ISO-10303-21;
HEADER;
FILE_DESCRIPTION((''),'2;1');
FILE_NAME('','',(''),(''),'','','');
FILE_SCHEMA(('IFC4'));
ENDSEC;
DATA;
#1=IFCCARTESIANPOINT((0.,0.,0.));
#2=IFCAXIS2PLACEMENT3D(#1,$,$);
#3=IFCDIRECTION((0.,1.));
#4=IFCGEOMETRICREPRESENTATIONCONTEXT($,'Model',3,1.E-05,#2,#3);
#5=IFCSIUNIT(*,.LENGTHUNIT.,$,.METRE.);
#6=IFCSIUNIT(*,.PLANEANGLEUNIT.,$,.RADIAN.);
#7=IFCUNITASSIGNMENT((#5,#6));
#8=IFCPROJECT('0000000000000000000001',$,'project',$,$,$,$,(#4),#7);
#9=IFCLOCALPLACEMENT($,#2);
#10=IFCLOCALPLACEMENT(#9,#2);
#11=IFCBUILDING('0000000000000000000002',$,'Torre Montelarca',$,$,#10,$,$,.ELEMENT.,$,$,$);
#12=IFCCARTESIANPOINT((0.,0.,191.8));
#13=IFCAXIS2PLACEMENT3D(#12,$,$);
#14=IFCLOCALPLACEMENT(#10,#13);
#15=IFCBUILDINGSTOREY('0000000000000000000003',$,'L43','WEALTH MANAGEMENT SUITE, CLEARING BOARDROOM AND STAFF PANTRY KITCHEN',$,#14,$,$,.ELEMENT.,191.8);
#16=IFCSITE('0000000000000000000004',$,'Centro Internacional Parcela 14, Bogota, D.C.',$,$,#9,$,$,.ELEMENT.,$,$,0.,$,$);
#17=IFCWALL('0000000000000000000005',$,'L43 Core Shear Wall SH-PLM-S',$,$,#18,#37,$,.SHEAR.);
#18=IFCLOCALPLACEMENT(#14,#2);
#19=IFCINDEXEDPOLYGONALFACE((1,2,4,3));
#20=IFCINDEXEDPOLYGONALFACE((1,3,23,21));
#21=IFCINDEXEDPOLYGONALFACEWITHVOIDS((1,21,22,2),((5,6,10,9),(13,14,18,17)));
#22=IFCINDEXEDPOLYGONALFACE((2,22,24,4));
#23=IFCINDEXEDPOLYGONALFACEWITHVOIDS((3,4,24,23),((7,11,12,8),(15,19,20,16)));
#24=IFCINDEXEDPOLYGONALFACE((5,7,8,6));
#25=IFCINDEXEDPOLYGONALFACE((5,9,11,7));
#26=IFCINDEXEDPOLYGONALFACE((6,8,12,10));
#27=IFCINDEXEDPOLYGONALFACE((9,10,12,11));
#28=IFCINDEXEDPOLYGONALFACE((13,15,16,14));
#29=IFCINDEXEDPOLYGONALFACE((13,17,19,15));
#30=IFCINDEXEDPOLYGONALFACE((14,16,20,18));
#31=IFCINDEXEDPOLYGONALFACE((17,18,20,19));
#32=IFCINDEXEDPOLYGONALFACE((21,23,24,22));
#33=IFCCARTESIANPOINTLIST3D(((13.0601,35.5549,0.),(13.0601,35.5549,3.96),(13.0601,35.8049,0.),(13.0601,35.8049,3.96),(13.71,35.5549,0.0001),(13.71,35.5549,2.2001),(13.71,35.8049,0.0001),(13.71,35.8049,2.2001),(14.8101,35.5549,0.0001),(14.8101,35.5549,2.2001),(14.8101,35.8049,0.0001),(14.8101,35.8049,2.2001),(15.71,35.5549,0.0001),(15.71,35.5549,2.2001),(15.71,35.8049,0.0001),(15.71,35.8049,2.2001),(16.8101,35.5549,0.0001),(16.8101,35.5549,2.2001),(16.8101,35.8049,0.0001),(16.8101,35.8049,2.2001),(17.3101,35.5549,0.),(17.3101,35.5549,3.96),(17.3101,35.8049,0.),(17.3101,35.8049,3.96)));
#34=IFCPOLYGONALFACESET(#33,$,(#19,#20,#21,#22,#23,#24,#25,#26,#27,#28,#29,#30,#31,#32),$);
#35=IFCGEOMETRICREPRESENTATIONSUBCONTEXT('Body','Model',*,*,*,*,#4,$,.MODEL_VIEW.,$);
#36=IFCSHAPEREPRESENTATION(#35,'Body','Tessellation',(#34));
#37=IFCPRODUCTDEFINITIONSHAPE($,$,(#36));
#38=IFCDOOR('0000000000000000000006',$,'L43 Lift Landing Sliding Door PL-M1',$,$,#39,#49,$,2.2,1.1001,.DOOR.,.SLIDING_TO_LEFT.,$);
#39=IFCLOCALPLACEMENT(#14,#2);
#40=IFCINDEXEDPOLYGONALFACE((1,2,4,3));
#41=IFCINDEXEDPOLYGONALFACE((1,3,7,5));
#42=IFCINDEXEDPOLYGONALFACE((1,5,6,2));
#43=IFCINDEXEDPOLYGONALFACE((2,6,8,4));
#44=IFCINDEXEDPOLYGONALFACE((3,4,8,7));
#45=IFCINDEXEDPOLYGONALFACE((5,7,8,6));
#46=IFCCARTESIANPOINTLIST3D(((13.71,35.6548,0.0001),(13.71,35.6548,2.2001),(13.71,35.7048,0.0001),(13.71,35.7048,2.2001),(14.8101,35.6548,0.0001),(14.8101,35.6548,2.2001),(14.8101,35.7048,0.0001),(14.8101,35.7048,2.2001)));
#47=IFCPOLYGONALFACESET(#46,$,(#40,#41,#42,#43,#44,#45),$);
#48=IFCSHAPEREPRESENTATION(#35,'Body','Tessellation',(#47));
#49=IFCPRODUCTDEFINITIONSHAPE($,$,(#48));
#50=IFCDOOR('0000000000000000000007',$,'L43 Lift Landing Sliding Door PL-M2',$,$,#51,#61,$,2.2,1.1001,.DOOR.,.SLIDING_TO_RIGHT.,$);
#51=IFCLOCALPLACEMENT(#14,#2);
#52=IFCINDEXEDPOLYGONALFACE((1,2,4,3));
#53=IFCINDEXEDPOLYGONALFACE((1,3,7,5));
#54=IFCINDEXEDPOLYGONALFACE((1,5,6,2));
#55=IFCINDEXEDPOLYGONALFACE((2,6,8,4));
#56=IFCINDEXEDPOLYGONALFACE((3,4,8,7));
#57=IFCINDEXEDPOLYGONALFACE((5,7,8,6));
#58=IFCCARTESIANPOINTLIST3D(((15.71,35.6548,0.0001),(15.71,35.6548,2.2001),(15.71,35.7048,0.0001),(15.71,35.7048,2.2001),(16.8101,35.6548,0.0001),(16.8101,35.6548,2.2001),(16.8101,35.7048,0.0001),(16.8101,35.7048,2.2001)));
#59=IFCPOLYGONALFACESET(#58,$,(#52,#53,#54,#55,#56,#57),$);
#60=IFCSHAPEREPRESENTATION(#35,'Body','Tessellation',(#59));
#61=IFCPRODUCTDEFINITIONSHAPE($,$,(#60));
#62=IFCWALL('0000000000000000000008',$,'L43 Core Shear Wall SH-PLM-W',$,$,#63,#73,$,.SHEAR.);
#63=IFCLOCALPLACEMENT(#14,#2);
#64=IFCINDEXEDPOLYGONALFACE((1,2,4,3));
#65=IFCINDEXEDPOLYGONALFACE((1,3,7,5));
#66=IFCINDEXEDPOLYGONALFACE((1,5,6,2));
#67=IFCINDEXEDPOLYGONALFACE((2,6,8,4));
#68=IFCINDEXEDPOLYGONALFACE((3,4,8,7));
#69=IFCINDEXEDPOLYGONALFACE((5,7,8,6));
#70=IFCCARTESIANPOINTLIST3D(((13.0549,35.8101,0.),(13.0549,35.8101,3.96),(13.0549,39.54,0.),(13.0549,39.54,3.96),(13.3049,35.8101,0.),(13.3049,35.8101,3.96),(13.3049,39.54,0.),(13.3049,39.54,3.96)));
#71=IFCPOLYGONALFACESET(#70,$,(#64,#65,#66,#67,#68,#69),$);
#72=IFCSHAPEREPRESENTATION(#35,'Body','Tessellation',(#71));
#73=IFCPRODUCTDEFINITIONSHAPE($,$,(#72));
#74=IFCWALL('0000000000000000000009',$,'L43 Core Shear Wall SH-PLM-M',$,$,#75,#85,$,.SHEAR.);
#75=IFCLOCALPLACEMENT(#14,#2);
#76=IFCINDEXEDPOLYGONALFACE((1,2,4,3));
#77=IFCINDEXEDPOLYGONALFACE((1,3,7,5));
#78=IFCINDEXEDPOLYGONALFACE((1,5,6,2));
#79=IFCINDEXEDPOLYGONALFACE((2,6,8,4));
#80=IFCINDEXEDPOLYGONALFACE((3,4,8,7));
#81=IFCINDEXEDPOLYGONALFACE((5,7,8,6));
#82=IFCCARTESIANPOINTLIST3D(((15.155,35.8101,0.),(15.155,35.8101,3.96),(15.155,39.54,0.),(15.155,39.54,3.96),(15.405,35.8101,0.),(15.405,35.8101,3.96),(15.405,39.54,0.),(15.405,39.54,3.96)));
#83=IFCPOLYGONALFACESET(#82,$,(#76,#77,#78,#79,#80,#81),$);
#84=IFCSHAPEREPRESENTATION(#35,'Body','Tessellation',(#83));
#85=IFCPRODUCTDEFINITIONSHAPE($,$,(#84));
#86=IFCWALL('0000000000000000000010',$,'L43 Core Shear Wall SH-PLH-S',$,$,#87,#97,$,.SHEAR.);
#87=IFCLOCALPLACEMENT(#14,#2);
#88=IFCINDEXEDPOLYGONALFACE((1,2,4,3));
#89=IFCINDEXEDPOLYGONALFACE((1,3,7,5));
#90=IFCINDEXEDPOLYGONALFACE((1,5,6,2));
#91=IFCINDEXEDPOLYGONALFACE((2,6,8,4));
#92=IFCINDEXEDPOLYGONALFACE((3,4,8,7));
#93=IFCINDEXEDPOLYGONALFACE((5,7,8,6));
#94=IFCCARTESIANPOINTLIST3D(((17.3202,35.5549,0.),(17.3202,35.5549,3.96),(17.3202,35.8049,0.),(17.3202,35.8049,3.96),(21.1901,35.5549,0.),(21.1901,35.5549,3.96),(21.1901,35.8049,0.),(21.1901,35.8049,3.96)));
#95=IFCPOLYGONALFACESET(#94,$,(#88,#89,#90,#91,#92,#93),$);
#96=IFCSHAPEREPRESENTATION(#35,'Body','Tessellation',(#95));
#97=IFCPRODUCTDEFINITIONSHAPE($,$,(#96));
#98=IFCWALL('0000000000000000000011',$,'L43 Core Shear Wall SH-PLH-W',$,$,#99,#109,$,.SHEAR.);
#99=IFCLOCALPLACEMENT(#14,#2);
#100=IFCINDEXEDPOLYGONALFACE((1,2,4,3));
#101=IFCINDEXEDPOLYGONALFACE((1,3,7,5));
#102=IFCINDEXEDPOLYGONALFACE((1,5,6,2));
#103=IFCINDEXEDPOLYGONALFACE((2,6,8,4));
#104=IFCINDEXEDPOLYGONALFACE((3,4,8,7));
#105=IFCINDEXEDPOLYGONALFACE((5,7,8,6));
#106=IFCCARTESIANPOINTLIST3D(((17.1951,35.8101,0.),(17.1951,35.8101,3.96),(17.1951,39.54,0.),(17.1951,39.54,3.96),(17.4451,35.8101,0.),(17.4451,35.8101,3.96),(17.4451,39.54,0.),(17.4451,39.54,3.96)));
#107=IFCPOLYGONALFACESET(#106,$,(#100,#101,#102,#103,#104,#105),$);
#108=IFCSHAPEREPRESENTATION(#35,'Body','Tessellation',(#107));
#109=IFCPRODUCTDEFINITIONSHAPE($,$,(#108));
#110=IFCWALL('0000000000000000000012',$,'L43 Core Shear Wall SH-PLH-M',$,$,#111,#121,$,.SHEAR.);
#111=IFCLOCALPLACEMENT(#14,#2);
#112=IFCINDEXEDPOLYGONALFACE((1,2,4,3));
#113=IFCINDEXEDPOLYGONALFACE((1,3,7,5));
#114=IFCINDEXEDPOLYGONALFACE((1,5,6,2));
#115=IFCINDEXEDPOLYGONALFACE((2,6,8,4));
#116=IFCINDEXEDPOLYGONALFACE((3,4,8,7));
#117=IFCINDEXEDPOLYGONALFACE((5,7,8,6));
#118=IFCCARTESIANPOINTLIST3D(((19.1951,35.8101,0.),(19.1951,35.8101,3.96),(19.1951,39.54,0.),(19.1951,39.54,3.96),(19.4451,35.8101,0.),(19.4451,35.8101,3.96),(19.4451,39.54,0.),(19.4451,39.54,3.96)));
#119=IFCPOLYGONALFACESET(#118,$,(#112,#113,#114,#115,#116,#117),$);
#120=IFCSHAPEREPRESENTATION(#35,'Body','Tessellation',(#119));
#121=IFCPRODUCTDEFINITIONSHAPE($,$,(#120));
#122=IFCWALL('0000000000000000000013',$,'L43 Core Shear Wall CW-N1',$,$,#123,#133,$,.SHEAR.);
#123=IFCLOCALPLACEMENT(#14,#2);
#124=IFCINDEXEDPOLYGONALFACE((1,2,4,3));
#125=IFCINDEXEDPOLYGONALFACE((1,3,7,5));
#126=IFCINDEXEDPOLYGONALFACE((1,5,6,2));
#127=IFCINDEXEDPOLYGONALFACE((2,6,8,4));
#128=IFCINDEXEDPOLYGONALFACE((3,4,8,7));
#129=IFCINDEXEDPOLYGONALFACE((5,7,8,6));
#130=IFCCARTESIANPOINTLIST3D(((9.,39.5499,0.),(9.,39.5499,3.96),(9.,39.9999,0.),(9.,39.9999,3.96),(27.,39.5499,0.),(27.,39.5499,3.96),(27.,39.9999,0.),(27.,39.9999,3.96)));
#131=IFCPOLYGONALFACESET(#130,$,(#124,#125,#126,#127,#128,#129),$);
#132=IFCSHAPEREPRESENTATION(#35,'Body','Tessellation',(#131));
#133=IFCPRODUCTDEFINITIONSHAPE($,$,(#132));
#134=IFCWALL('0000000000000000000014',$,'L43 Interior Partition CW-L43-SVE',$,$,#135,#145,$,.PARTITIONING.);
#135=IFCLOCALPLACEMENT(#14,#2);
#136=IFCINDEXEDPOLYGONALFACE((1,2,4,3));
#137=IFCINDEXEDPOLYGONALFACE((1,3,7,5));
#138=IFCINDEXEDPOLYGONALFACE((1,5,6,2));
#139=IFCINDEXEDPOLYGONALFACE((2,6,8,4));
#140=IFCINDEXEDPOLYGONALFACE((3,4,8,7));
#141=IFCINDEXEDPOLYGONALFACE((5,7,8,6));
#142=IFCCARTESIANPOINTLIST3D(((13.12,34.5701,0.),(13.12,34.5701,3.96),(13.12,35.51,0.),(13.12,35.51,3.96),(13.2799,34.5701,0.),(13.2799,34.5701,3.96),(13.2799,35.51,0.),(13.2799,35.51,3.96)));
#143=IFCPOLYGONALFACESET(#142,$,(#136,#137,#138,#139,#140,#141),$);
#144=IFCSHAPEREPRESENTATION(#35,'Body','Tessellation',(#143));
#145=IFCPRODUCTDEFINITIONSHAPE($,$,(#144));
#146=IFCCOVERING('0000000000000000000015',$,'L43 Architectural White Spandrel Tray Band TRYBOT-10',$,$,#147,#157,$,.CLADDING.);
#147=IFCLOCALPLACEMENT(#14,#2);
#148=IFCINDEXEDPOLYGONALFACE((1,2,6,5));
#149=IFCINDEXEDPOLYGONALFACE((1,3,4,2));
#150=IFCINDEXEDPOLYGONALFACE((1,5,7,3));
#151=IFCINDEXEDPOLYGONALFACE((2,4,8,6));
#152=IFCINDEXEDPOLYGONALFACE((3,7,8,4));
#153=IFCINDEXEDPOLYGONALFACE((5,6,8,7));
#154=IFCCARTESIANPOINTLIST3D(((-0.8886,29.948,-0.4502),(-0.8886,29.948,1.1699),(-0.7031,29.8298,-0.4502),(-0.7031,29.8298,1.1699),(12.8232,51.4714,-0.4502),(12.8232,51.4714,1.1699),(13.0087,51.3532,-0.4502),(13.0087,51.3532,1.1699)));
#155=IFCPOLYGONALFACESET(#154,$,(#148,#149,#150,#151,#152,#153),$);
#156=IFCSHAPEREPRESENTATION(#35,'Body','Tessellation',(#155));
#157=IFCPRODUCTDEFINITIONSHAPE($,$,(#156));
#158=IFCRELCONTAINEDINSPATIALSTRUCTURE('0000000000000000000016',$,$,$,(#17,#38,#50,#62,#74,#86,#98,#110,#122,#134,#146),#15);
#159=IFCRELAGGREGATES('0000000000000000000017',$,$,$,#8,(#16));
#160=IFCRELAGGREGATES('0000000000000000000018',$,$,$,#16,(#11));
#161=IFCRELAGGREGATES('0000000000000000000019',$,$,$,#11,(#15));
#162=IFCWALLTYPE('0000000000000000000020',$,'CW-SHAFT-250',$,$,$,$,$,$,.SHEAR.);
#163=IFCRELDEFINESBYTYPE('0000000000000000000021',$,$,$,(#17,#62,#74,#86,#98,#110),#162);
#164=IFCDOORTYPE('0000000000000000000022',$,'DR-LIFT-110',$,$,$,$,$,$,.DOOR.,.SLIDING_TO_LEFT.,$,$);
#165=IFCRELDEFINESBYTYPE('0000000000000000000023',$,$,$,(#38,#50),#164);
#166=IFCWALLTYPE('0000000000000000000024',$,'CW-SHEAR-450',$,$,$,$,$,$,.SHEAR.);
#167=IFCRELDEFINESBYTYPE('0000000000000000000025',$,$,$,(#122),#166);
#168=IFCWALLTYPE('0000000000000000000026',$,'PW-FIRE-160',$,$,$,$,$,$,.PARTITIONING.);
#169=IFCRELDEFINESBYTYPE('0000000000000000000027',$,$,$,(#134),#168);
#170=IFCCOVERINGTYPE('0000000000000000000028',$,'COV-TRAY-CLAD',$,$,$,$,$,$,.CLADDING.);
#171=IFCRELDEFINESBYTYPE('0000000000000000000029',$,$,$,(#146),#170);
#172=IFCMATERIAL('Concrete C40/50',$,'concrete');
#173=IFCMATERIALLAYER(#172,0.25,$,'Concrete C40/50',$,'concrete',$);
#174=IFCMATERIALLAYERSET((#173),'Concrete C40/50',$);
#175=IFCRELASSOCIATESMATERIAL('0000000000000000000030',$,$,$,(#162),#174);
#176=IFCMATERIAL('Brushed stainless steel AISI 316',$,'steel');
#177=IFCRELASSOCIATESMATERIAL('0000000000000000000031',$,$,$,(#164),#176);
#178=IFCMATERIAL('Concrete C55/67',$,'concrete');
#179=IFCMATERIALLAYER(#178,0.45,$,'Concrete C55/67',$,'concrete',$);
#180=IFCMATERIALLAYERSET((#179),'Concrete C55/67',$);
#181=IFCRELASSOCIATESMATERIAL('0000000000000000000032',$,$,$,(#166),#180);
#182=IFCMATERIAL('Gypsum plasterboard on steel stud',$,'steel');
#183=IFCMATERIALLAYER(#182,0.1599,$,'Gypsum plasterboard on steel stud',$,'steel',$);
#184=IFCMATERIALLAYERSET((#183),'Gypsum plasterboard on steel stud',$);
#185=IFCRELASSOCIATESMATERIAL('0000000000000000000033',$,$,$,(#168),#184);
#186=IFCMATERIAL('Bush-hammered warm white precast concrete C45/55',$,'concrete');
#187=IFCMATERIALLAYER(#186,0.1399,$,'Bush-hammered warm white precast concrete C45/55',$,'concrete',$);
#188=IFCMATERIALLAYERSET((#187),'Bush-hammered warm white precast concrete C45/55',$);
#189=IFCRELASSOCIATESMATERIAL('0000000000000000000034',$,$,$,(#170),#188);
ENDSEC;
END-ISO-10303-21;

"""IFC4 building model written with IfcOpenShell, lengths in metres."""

from ifc_helpers import new_model, si_unit, direction, frame, frame_2d, origin, origin_2d, place, context, subcontext, project, spatial, rectangle, extrude, source, transform, mapped, material, layer, layer_set, type_object, element, fill, save


model = new_model("IFC4")

# Units and contexts
model_context = context("Model", 3, precision=1e-05, world=origin(), true_north=direction((0.0, 1.0)))
body_context = subcontext(model_context, "Body", "Model", "MODEL_VIEW")
ifc_project = project(units=[si_unit("LENGTHUNIT", "METRE"), si_unit("PLANEANGLEUNIT", "RADIAN")], contexts=[model_context])

# Site, building, storey
site_placement = place(None, origin())
site = spatial("IfcSite", under=ifc_project, at=site_placement, Name="Centro Internacional Parcela 14, Bogota, D.C.", CompositionType="ELEMENT", RefElevation=0.0)
building_placement = place(site_placement, origin())
building = spatial("IfcBuilding", under=site, at=building_placement, Name="Torre Montelarca", CompositionType="ELEMENT")
storey_placement = place(building_placement, frame((0.0, 0.0, 191.8)))
storey = spatial("IfcBuildingStorey", under=building, at=storey_placement, Name="L43", Description="WEALTH MANAGEMENT SUITE, CLEARING BOARDROOM AND STAFF PANTRY KITCHEN", CompositionType="ELEMENT", Elevation=191.8)

# Shared definitions
ifc_material_1 = material(Name="Concrete C55/67", Category="concrete")

# Shared definitions
ifc_material_2 = material(Name="Concrete C40/50", Category="concrete")
ifc_layer_1 = layer(ifc_material_2, 0.25, Name="Concrete C40/50", Category="concrete")
ifc_layer_set_1 = layer_set([ifc_layer_1], Name="Concrete C40/50")
wall_type_1 = type_object("IfcWallType", Name="CW-SHAFT-250", PredefinedType="SHEAR", material=ifc_layer_set_1)

# Shared definitions
ifc_material_3 = material(Name="Brushed stainless steel AISI 316", Category="steel")

# Wall, openings, doors
wall_1_placement = place(storey_placement, frame((13.0601, 35.6799, 0.0), z_axis=(0.0, 0.0, 1.0), x_axis=(1.0, 0.0, 0.0)))
wall_1 = element("IfcWall", 1, at=wall_1_placement, inside=storey, type_object=wall_type_1, Name="L43 Core Shear Wall SH-PLM-S", PredefinedType="SHEAR", context=body_context, shape_type="SweptSolid", body=[
    extrude(rectangle(XDim=4.25, YDim=0.25, at=frame_2d((2.125, 0.0))), origin(), (0.0, 0.0, 1.0), 3.96),
])
opening_1_placement = place(wall_1_placement, frame((0.6499, 0.0, 0.0)))
opening_1 = element("IfcOpeningElement", 2, at=opening_1_placement, cuts=wall_1, PredefinedType="OPENING", context=body_context, shape_type="SweptSolid", body=[
    extrude(rectangle(XDim=1.1001, YDim=2.2, at=frame_2d((0.55, 1.1001))), frame((0.0, 0.135, 0.0), z_axis=(0.0, -1.0, 0.0), x_axis=(1.0, 0.0, 0.0)), (0.0, 0.0, 1.0), 0.27),
])
opening_2_placement = place(wall_1_placement, frame((2.6499, 0.0, 0.0)))
opening_2 = element("IfcOpeningElement", 3, at=opening_2_placement, cuts=wall_1, PredefinedType="OPENING", context=body_context, shape_type="SweptSolid", body=[
    extrude(rectangle(XDim=1.1001, YDim=2.2, at=frame_2d((0.55, 1.1001))), frame((0.0, 0.135, 0.0), z_axis=(0.0, -1.0, 0.0), x_axis=(1.0, 0.0, 0.0)), (0.0, 0.0, 1.0), 0.27),
])
door_type_1 = type_object("IfcDoorType", Name="DR-LIFT-110", OperationType="SLIDING_TO_LEFT", PredefinedType="DOOR", material=ifc_material_3)
shared_shape_1 = source(origin(), body_context, "Body", "SweptSolid", [
    extrude(rectangle(XDim=1.1001, YDim=2.2, at=frame_2d((0.55, 1.1001))), frame((0.0, 0.0249, 0.0), z_axis=(0.0, -1.0, 0.0), x_axis=(1.0, 0.0, 0.0)), (0.0, 0.0, 1.0), 0.05),
])
door_1_placement = place(opening_1_placement, origin())
door_1 = element("IfcDoor", 4, at=door_1_placement, inside=storey, type_object=door_type_1, Name="L43 Lift Landing Sliding Door PL-M1", OperationType="SLIDING_TO_LEFT", OverallHeight=2.2, OverallWidth=1.1001, PredefinedType="DOOR", context=body_context, shape_type="MappedRepresentation", body=[
    mapped(shared_shape_1, transform((0.0, 0.0, 0.0), scale=1.0)),
])
fill(opening_1, door_1)
door_2_placement = place(opening_2_placement, origin())
door_2 = element("IfcDoor", 5, at=door_2_placement, inside=storey, type_object=door_type_1, Name="L43 Lift Landing Sliding Door PL-M2", OperationType="SLIDING_TO_RIGHT", OverallHeight=2.2, OverallWidth=1.1001, PredefinedType="DOOR", context=body_context, shape_type="MappedRepresentation", body=[
    mapped(shared_shape_1, transform((0.0, 0.0, 0.0), scale=1.0)),
])
fill(opening_2, door_2)

# Walls
for number, where, z_axis, x_axis, name in (
    (6, (13.1799, 35.8101, 0.0), (0.0, 0.0, 1.0), (0.0, 1.0, 0.0), "L43 Core Shear Wall SH-PLM-W"),
    (7, (15.28, 35.8101, 0.0), (0.0, 0.0, 1.0), (0.0, 1.0, 0.0), "L43 Core Shear Wall SH-PLM-M"),
):
    element("IfcWall", number, at=place(storey_placement, frame(where, z_axis=z_axis, x_axis=x_axis)), inside=storey, type_object=wall_type_1, Name=name, PredefinedType="SHEAR", context=body_context, shape_type="SweptSolid", body=[
        extrude(rectangle(XDim=3.73, YDim=0.25, at=frame_2d((1.865, 0.0))), origin(), (0.0, 0.0, 1.0), 3.96),
    ])
wall_2_placement = place(storey_placement, frame((17.3201, 35.6799, 0.0), z_axis=(0.0, 0.0, 1.0), x_axis=(1.0, 0.0, 0.0)))
element("IfcWall", 8, at=wall_2_placement, inside=storey, type_object=wall_type_1, Name="L43 Core Shear Wall SH-PLH-S", PredefinedType="SHEAR", context=body_context, shape_type="SweptSolid", body=[
    extrude(rectangle(XDim=3.8699, YDim=0.25, at=frame_2d((1.9351, 0.0))), origin(), (0.0, 0.0, 1.0), 3.96),
])
for number, where, z_axis, x_axis, name in (
    (9, (17.3201, 35.8101, 0.0), (0.0, 0.0, 1.0), (0.0, 1.0, 0.0), "L43 Core Shear Wall SH-PLH-W"),
    (10, (19.3201, 35.8101, 0.0), (0.0, 0.0, 1.0), (0.0, 1.0, 0.0), "L43 Core Shear Wall SH-PLH-M"),
):
    element("IfcWall", number, at=place(storey_placement, frame(where, z_axis=z_axis, x_axis=x_axis)), inside=storey, type_object=wall_type_1, Name=name, PredefinedType="SHEAR", context=body_context, shape_type="SweptSolid", body=[
        extrude(rectangle(XDim=3.73, YDim=0.25, at=frame_2d((1.865, 0.0))), origin(), (0.0, 0.0, 1.0), 3.96),
    ])
ifc_layer_2 = layer(ifc_material_1, 0.45, Name="Concrete C55/67", Category="concrete")
ifc_layer_set_2 = layer_set([ifc_layer_2], Name="Concrete C55/67")
wall_type_2 = type_object("IfcWallType", Name="CW-SHEAR-450", PredefinedType="SHEAR", material=ifc_layer_set_2)
wall_3_placement = place(storey_placement, frame((9.0, 39.7749, 0.0), z_axis=(0.0, 0.0, 1.0), x_axis=(1.0, 0.0, 0.0)))
element("IfcWall", 11, at=wall_3_placement, inside=storey, type_object=wall_type_2, Name="L43 Core Shear Wall CW-N1", PredefinedType="SHEAR", context=body_context, shape_type="SweptSolid", body=[
    extrude(rectangle(XDim=18.0, YDim=0.45, at=frame_2d((9.0, 0.0))), origin(), (0.0, 0.0, 1.0), 3.96),
])

# Shared definitions
ifc_material_4 = material(Name="Gypsum plasterboard on steel stud", Category="steel")
ifc_layer_3 = layer(ifc_material_4, 0.1599, Name="Gypsum plasterboard on steel stud", Category="steel")
ifc_layer_set_3 = layer_set([ifc_layer_3], Name="Gypsum plasterboard on steel stud")
wall_type_3 = type_object("IfcWallType", Name="PW-FIRE-160", PredefinedType="PARTITIONING", material=ifc_layer_set_3)

# Wall
wall_4_placement = place(storey_placement, frame((13.2, 34.5701, 0.0), z_axis=(0.0, 0.0, 1.0), x_axis=(0.0, 1.0, 0.0)))
element("IfcWall", 12, at=wall_4_placement, inside=storey, type_object=wall_type_3, Name="L43 Interior Partition CW-L43-SVE", PredefinedType="PARTITIONING", context=body_context, shape_type="SweptSolid", body=[
    extrude(rectangle(XDim=0.9399, YDim=0.1599, at=frame_2d((0.47, 0.0))), origin(), (0.0, 0.0, 1.0), 3.96),
])

# Covering
ifc_material_5 = material(Name="Bush-hammered warm white precast concrete C45/55", Category="concrete")
ifc_layer_4 = layer(ifc_material_5, 0.1399, Name="Bush-hammered warm white precast concrete C45/55", Category="concrete")
ifc_layer_set_4 = layer_set([ifc_layer_4], Name="Bush-hammered warm white precast concrete C45/55")
covering_type = type_object("IfcCoveringType", Name="COV-TRAY-CLAD", PredefinedType="CLADDING", material=ifc_layer_set_4)
shared_shape_2 = source(origin(), body_context, "Body", "SweptSolid", [
    extrude(rectangle(XDim=25.52, YDim=0.22, at=origin_2d()), origin(), (0.0, 0.0, 1.0), 1.6201),
])
covering_placement = place(storey_placement, frame((6.0601, 40.6506, -0.4502), z_axis=(0.0, 0.0, 1.0), x_axis=(-0.537298, -0.843392, 0.0)))
element("IfcCovering", 13, at=covering_placement, inside=storey, type_object=covering_type, Name="L43 Architectural White Spandrel Tray Band TRYBOT-10", PredefinedType="CLADDING", context=body_context, shape_type="MappedRepresentation", body=[
    mapped(shared_shape_2, transform((0.0, 0.0, 0.0), scale=1.0)),
])

save(model, "model.ifc")
